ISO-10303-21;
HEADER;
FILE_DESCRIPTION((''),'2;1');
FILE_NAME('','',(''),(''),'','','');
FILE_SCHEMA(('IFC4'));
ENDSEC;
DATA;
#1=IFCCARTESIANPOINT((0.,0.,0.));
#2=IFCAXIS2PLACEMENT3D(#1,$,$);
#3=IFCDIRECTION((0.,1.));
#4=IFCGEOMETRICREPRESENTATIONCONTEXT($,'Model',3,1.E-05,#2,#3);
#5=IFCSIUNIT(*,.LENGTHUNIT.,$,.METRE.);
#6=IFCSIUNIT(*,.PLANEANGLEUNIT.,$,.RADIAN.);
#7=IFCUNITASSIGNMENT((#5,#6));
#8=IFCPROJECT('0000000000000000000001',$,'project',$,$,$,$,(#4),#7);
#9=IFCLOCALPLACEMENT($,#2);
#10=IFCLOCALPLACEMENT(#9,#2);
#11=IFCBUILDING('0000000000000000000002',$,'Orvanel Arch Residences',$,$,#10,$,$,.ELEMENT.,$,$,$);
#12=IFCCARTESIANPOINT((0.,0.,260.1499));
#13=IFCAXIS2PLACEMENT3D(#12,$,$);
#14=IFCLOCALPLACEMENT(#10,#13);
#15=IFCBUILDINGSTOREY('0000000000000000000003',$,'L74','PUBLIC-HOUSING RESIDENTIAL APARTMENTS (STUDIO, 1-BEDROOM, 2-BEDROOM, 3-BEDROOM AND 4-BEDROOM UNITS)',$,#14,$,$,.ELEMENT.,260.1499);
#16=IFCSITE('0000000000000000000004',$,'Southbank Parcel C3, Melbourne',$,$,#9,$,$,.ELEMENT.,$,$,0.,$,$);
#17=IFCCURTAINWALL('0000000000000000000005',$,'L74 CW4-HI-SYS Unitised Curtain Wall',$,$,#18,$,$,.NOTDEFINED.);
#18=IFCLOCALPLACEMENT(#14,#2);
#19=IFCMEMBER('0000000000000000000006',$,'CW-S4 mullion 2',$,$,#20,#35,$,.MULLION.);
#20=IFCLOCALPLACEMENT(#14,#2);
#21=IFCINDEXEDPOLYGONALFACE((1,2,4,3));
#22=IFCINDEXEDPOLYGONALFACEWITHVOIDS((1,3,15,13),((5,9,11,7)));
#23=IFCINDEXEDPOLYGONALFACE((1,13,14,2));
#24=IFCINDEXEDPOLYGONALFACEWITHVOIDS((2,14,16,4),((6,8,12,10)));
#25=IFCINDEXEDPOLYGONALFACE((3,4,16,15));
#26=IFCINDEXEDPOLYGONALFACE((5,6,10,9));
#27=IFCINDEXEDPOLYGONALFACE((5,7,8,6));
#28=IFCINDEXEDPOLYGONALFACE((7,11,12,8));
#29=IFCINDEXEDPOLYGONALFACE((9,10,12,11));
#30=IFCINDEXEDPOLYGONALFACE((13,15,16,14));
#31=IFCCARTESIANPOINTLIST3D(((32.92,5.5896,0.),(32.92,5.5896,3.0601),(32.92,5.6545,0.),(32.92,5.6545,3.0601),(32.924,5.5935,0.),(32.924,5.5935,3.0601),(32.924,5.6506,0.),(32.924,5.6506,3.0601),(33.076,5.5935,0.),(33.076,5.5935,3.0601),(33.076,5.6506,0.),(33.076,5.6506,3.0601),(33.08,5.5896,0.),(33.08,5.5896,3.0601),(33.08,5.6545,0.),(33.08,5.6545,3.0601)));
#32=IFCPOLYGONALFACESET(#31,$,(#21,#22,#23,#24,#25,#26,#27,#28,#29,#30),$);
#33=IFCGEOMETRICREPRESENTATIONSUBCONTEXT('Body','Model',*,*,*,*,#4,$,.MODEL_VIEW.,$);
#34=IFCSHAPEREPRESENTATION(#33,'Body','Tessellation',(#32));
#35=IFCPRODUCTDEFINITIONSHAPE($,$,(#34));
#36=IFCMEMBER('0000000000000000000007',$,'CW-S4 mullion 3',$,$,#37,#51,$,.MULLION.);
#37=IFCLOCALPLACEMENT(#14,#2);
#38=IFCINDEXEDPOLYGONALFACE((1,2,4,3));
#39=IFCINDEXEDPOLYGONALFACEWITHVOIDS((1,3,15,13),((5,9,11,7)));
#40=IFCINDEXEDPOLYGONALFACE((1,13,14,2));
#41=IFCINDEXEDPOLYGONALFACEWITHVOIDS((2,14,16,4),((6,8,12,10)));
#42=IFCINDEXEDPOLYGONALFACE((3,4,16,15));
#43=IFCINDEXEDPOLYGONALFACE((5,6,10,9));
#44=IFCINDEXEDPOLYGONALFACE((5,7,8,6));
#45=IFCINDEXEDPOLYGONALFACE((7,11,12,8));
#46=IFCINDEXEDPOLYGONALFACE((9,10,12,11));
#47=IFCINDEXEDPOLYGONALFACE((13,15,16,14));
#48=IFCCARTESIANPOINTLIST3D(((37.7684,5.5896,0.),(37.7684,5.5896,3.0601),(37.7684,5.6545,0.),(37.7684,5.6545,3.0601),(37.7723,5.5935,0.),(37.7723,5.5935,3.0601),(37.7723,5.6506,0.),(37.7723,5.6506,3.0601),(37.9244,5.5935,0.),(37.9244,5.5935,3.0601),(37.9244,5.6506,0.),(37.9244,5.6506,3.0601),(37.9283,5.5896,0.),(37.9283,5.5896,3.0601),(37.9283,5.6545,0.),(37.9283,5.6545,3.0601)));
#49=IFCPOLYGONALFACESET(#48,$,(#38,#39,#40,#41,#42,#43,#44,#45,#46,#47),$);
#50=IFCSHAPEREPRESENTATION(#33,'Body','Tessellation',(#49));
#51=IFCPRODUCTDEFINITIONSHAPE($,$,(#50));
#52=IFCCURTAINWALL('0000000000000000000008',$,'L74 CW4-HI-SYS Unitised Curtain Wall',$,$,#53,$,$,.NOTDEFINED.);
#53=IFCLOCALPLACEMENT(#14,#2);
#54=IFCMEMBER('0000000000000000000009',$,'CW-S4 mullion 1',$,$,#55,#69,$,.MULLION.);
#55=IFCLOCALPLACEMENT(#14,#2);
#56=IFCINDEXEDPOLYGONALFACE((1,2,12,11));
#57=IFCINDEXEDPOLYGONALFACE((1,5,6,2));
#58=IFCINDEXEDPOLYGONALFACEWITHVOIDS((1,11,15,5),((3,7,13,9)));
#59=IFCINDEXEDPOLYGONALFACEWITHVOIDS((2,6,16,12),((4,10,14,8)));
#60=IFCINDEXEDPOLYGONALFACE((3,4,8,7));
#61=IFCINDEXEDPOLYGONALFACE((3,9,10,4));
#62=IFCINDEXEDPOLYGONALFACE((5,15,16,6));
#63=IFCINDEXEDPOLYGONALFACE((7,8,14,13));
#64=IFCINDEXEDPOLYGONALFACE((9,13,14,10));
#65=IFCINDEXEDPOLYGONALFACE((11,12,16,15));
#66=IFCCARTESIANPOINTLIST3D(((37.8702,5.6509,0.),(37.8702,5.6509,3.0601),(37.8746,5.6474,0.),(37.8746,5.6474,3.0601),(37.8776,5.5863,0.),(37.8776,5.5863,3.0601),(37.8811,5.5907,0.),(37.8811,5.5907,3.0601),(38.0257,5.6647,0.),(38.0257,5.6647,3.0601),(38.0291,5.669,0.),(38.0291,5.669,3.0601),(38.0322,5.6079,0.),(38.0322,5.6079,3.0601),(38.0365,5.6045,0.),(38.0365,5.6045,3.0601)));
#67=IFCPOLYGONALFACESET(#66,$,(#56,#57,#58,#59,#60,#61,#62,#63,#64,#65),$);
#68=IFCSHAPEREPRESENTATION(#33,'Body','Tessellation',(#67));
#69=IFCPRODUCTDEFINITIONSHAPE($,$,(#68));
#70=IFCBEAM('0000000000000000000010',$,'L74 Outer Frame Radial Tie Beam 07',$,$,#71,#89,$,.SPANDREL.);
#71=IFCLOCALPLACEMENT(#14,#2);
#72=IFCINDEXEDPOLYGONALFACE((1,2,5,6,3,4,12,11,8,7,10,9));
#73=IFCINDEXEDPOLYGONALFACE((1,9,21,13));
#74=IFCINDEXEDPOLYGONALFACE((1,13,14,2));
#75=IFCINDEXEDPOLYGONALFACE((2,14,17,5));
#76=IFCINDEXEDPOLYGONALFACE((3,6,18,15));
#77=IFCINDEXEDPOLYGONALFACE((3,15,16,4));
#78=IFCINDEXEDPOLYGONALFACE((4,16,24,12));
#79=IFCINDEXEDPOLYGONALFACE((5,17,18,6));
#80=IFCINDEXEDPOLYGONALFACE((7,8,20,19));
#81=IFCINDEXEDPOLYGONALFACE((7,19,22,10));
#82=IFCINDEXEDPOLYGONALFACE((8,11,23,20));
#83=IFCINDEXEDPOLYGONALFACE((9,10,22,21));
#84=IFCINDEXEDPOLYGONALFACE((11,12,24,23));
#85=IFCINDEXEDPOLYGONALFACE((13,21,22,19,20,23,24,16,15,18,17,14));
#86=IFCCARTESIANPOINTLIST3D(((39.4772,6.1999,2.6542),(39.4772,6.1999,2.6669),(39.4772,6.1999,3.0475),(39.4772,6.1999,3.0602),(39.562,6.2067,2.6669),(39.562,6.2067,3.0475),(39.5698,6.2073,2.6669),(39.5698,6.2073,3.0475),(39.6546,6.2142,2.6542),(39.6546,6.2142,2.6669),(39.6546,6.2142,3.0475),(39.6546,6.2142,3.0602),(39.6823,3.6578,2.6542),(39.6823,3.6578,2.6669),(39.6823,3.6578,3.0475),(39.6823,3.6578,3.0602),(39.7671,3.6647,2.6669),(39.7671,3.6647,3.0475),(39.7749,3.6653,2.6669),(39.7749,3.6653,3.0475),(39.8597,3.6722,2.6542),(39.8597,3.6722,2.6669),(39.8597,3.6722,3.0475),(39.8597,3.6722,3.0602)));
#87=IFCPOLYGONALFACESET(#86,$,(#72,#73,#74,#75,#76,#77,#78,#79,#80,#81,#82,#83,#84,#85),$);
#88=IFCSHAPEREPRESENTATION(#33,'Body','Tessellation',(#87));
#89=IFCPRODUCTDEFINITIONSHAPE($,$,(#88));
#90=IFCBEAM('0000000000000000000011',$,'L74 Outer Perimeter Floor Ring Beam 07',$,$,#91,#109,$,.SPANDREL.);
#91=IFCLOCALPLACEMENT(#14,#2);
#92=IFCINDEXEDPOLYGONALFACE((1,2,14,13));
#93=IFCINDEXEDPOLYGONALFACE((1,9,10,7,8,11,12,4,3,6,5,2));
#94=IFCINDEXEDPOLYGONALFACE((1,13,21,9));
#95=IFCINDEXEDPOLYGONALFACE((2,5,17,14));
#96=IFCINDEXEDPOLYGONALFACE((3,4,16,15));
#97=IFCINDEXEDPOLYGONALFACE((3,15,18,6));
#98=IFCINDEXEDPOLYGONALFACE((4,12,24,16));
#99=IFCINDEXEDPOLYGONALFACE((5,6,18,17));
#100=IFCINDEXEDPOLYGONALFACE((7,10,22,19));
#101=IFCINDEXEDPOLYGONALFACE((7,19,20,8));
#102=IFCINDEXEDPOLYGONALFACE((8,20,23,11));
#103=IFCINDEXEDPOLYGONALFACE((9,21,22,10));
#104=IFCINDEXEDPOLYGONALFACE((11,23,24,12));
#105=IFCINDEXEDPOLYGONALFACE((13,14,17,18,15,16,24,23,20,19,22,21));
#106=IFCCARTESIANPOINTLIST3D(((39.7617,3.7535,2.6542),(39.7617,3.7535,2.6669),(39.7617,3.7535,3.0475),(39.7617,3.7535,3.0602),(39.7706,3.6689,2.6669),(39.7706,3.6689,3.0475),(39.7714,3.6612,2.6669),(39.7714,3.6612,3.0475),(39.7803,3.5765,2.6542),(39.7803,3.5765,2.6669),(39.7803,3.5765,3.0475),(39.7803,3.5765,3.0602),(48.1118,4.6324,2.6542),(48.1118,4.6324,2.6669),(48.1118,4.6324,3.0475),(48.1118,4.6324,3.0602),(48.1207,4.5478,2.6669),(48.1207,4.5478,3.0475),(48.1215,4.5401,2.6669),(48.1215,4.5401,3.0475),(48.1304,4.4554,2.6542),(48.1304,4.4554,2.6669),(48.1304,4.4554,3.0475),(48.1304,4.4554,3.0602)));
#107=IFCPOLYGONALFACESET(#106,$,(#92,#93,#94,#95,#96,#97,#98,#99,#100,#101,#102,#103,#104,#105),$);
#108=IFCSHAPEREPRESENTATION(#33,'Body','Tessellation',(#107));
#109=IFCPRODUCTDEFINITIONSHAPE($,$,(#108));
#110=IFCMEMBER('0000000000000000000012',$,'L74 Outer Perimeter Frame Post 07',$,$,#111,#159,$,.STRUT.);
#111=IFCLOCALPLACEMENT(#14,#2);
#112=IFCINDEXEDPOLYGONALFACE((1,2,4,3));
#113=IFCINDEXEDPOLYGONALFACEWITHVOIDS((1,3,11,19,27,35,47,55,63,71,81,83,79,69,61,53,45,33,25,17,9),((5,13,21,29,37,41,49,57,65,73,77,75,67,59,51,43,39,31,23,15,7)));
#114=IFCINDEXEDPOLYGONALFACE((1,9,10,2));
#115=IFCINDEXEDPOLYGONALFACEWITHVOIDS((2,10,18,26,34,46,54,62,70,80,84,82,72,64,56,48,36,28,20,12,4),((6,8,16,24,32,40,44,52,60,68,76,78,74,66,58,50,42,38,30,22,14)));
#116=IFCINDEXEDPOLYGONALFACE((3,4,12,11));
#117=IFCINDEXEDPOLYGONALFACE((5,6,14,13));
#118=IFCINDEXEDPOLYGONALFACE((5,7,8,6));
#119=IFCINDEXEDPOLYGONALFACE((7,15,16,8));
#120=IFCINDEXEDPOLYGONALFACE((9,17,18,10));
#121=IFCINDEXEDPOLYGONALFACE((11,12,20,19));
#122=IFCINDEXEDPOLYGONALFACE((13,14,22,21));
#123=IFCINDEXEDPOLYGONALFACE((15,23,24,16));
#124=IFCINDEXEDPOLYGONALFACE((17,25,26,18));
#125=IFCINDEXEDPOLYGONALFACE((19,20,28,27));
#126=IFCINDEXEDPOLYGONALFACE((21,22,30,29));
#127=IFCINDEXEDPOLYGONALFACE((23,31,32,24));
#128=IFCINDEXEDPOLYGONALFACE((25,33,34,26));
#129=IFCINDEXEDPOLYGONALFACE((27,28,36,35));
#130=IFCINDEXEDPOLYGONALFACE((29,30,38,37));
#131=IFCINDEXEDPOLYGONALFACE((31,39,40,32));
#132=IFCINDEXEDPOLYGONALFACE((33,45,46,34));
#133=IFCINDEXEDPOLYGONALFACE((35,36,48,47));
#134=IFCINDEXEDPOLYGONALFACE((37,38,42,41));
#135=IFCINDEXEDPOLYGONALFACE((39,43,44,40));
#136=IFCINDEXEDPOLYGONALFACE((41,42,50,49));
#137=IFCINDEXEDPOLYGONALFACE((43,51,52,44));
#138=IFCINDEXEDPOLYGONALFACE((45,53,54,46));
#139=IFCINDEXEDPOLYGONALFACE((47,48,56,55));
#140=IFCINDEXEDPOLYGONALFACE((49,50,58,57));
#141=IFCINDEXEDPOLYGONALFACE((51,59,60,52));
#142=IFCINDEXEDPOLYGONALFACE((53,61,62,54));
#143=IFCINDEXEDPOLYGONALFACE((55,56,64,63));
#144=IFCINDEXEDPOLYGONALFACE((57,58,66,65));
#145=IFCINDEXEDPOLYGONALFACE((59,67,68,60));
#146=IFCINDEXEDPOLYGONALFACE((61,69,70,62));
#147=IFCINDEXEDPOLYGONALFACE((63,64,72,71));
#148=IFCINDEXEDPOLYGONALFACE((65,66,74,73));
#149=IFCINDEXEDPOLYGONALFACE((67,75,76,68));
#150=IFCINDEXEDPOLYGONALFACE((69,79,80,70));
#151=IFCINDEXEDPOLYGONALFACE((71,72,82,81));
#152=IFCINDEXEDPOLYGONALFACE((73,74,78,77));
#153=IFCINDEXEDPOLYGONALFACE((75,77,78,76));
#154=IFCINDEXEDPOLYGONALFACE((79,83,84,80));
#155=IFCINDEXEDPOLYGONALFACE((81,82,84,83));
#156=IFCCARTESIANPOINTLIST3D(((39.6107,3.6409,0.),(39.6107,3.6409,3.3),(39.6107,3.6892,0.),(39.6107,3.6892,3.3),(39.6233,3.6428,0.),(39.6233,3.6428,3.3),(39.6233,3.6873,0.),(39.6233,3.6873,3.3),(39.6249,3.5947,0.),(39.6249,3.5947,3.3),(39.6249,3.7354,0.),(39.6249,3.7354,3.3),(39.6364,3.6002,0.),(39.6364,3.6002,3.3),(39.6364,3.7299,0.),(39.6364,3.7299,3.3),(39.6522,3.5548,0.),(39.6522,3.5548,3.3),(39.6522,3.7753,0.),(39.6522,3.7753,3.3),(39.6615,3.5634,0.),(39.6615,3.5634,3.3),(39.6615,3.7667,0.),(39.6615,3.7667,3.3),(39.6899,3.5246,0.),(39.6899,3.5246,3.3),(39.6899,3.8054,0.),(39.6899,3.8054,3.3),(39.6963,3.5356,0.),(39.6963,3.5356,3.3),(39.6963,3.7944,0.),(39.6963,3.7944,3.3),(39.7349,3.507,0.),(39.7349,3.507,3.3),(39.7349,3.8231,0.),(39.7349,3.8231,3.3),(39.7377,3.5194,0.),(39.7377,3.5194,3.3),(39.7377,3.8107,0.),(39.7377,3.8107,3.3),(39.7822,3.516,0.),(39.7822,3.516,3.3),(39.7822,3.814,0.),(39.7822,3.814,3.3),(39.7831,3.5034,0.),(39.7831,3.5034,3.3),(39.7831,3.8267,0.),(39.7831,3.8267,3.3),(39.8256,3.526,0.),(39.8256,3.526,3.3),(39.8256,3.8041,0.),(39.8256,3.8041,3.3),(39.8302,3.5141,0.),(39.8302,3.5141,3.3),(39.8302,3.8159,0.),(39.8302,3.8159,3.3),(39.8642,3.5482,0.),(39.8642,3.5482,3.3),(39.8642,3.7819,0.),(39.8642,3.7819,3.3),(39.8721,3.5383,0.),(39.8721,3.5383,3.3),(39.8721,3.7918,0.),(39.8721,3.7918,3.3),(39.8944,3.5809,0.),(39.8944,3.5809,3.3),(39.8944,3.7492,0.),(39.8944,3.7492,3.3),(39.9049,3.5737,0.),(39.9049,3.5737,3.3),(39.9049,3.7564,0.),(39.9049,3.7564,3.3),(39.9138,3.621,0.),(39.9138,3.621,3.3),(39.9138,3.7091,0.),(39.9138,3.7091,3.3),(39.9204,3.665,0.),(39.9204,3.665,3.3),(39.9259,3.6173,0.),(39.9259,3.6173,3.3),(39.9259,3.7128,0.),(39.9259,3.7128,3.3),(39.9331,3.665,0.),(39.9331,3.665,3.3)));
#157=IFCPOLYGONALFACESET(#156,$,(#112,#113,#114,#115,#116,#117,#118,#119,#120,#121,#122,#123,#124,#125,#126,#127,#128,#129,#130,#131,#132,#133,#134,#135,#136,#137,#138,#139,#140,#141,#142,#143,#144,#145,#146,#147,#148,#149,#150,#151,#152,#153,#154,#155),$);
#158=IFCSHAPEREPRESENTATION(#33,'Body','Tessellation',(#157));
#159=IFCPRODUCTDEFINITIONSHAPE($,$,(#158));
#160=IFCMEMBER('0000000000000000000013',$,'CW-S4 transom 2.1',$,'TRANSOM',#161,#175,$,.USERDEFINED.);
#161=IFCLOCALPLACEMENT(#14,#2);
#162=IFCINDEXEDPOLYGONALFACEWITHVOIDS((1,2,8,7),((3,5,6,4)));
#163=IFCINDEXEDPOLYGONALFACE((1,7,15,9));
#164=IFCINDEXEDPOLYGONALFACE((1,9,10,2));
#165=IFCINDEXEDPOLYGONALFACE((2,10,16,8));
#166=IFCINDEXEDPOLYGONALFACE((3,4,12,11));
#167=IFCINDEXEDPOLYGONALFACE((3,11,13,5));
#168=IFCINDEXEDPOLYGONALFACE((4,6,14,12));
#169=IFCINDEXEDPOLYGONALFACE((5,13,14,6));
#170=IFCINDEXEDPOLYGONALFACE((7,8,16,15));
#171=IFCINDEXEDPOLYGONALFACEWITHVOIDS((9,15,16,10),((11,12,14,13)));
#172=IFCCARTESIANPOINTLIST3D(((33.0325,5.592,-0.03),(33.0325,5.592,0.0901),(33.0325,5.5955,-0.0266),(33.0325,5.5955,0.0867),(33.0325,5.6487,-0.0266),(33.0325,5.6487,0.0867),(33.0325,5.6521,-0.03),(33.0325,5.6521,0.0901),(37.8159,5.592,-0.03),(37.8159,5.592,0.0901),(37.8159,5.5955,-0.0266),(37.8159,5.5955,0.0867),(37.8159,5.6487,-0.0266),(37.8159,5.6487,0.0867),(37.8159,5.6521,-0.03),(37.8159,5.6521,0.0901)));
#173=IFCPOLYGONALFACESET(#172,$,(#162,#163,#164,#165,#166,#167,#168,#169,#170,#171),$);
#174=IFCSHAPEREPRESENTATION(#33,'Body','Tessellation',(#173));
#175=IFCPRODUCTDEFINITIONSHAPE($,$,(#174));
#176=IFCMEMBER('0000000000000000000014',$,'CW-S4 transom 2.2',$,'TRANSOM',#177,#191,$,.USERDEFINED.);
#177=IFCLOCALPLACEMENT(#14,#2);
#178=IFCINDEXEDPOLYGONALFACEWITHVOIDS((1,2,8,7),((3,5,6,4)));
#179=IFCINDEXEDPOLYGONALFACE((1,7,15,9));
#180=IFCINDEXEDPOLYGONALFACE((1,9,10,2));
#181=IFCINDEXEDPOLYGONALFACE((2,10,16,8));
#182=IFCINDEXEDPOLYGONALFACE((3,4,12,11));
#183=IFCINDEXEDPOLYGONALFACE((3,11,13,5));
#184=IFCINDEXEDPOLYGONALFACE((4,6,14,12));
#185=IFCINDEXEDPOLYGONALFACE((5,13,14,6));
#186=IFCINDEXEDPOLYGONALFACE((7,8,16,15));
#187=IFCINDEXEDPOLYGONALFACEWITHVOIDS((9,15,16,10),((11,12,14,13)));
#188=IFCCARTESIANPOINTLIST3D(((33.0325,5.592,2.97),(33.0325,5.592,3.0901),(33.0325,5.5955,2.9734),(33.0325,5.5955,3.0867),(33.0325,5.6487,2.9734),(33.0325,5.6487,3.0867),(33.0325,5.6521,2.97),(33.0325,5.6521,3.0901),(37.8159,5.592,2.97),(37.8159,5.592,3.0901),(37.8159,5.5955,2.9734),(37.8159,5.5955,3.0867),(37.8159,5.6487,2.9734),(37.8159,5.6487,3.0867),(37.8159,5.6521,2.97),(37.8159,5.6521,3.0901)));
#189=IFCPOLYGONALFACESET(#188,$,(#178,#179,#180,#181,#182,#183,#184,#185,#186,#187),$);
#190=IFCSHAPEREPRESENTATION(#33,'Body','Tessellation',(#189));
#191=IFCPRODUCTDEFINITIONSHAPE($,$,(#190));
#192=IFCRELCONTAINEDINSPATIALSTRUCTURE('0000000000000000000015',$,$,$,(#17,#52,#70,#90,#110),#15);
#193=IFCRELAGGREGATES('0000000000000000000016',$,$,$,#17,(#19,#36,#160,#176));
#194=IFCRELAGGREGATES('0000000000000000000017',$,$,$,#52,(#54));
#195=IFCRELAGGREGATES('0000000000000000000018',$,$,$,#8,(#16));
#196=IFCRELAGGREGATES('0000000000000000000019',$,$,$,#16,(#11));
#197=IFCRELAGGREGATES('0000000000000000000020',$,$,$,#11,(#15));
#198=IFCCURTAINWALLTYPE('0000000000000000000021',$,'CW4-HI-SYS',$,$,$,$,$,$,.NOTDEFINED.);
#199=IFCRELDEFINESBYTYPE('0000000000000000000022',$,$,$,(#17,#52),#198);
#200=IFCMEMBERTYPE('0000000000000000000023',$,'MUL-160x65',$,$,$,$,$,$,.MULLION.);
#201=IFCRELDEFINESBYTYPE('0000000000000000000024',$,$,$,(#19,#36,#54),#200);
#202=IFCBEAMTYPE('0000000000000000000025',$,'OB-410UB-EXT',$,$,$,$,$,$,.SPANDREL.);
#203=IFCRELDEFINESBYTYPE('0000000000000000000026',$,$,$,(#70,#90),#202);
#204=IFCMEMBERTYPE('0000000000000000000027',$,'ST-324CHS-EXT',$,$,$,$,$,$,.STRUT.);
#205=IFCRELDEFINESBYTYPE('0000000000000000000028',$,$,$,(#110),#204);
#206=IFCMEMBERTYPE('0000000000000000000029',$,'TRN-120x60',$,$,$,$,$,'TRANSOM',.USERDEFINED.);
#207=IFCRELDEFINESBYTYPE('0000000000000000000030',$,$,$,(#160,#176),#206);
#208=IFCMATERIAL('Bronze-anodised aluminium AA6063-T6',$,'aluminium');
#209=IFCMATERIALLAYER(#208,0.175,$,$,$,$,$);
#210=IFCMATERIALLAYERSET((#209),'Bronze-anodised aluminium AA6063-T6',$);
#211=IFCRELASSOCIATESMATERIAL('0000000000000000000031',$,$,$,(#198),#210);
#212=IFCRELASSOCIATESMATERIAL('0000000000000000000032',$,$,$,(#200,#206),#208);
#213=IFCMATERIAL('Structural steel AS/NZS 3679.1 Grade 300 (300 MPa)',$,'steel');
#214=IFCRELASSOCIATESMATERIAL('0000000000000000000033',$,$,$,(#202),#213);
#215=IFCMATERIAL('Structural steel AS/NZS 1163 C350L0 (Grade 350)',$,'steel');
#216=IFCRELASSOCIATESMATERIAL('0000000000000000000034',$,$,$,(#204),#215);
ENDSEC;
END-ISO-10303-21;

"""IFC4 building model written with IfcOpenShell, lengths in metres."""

from ifc_helpers import new_model, si_unit, direction, frame, origin, origin_2d, place, context, subcontext, project, spatial, hollow_rectangle, hollow_circle, i_section, extrude, material, layer, layer_set, material_profile, profile_set, type_object, element, aggregate, save


model = new_model("IFC4")

# Units and contexts
model_context = context("Model", 3, precision=1e-05, world=origin(), true_north=direction((0.0, 1.0)))
body_context = subcontext(model_context, "Body", "Model", "MODEL_VIEW")
ifc_project = project(units=[si_unit("LENGTHUNIT", "METRE"), si_unit("PLANEANGLEUNIT", "RADIAN")], contexts=[model_context])

# Site, building, storey
site_placement = place(None, origin())
site = spatial("IfcSite", under=ifc_project, at=site_placement, Name="Southbank Parcel C3, Melbourne", CompositionType="ELEMENT", RefElevation=0.0)
building_placement = place(site_placement, origin())
building = spatial("IfcBuilding", under=site, at=building_placement, Name="Orvanel Arch Residences", CompositionType="ELEMENT")
storey_placement = place(building_placement, frame((0.0, 0.0, 260.1499)))
storey = spatial("IfcBuildingStorey", under=building, at=storey_placement, Name="L74", Description="PUBLIC-HOUSING RESIDENTIAL APARTMENTS (STUDIO, 1-BEDROOM, 2-BEDROOM, 3-BEDROOM AND 4-BEDROOM UNITS)", CompositionType="ELEMENT", Elevation=260.1499)

# Curtain wall, members
ifc_material_1 = material(Name="Bronze-anodised aluminium AA6063-T6", Category="aluminium")
ifc_layer_1 = layer(ifc_material_1, 0.175)
ifc_layer_set_1 = layer_set([ifc_layer_1], Name="Bronze-anodised aluminium AA6063-T6")
curtain_wall_type = type_object("IfcCurtainWallType", Name="CW4-HI-SYS", PredefinedType="NOTDEFINED", material=ifc_layer_set_1)
curtain_wall_1_placement = place(storey_placement, origin())
curtain_wall_1 = element("IfcCurtainWall", 1, at=curtain_wall_1_placement, inside=storey, type_object=curtain_wall_type, Name="L74 CW4-HI-SYS Unitised Curtain Wall", PredefinedType="NOTDEFINED")
ifc_material_profile_1 = material_profile(ifc_material_1, hollow_rectangle(XDim=0.0649, YDim=0.1599, WallThickness=0.0039, at=origin_2d()), Name="ALU160x65x4")
ifc_profile_set_1 = profile_set([ifc_material_profile_1], Name="Bronze-anodised aluminium AA6063-T6")
member_type_1 = type_object("IfcMemberType", Name="MUL-160x65", PredefinedType="MULLION", material=ifc_profile_set_1)
member_1_placement = place(storey_placement, frame((33.0, 5.6221, 0.0), z_axis=(0.0, 0.0, 1.0), x_axis=(0.0, 1.0, 0.0)))
member_1 = element("IfcMember", 2, at=member_1_placement, type_object=member_type_1, Name="CW-S4 mullion 2", PredefinedType="MULLION", context=body_context, shape_type="SweptSolid", body=[
    extrude(hollow_rectangle(XDim=0.0649, YDim=0.1599, WallThickness=0.0039, at=origin_2d()), origin(), (0.0, 0.0, 1.0), 3.0601),
])
member_2_placement = place(storey_placement, frame((37.8484, 5.6221, 0.0), z_axis=(0.0, 0.0, 1.0), x_axis=(0.0, 1.0, 0.0)))
member_2 = element("IfcMember", 3, at=member_2_placement, type_object=member_type_1, Name="CW-S4 mullion 3", PredefinedType="MULLION", context=body_context, shape_type="SweptSolid", body=[
    extrude(hollow_rectangle(XDim=0.0649, YDim=0.1599, WallThickness=0.0039, at=origin_2d()), origin(), (0.0, 0.0, 1.0), 3.0601),
])

# Curtain wall, member
curtain_wall_2_placement = place(storey_placement, origin())
curtain_wall_2 = element("IfcCurtainWall", 4, at=curtain_wall_2_placement, inside=storey, type_object=curtain_wall_type, Name="L74 CW4-HI-SYS Unitised Curtain Wall", PredefinedType="NOTDEFINED")
member_3_placement = place(storey_placement, frame((37.9534, 5.6277, 0.0), z_axis=(0.0, 0.0, 1.0), x_axis=(-0.11351, 0.993537, 0.0)))
member_3 = element("IfcMember", 5, at=member_3_placement, type_object=member_type_1, Name="CW-S4 mullion 1", PredefinedType="MULLION", context=body_context, shape_type="SweptSolid", body=[
    extrude(hollow_rectangle(XDim=0.0649, YDim=0.1599, WallThickness=0.0039, at=origin_2d()), origin(), (0.0, 0.0, 1.0), 3.0601),
])

# Beams
ifc_material_2 = material(Name="Structural steel AS/NZS 3679.1 Grade 300 (300 MPa)", Category="steel")
ifc_material_profile_2 = material_profile(ifc_material_2, i_section(OverallWidth=0.178, OverallDepth=0.406, WebThickness=0.0078, FlangeThickness=0.0127, at=origin_2d()), Name="410UB59.7")
ifc_profile_set_2 = profile_set([ifc_material_profile_2], Name="Structural steel AS/NZS 3679.1 Grade 300 (300 MPa)")
beam_type = type_object("IfcBeamType", Name="OB-410UB-EXT", PredefinedType="SPANDREL", material=ifc_profile_set_2)
beam_1_placement = place(storey_placement, frame((39.5659, 6.207, 2.8572), z_axis=(0.080415, -0.996761, 0.0), x_axis=(0.996761, 0.080415, 0.0)))
element("IfcBeam", 6, at=beam_1_placement, inside=storey, type_object=beam_type, Name="L74 Outer Frame Radial Tie Beam 07", PredefinedType="SPANDREL", context=body_context, shape_type="SweptSolid", body=[
    extrude(i_section(OverallWidth=0.178, OverallDepth=0.406, WebThickness=0.0078, FlangeThickness=0.0127, at=origin_2d()), origin(), (0.0, 0.0, 1.0), 2.5503),
])
beam_2_placement = place(storey_placement, frame((39.771, 3.665, 2.8572), z_axis=(0.994506, 0.104679, 0.0), x_axis=(-0.104679, 0.994506, 0.0)))
element("IfcBeam", 7, at=beam_2_placement, inside=storey, type_object=beam_type, Name="L74 Outer Perimeter Floor Ring Beam 07", PredefinedType="SPANDREL", context=body_context, shape_type="SweptSolid", body=[
    extrude(i_section(OverallWidth=0.178, OverallDepth=0.406, WebThickness=0.0078, FlangeThickness=0.0127, at=origin_2d()), origin(), (0.0, 0.0, 1.0), 8.3962),
])

# Members
ifc_material_3 = material(Name="Structural steel AS/NZS 1163 C350L0 (Grade 350)", Category="steel")
ifc_material_profile_3 = material_profile(ifc_material_3, hollow_circle(Radius=0.1621, WallThickness=0.0127, at=origin_2d()), Name="CHS324x12.7")
ifc_profile_set_3 = profile_set([ifc_material_profile_3], Name="Structural steel AS/NZS 1163 C350L0 (Grade 350)")
member_type_2 = type_object("IfcMemberType", Name="ST-324CHS-EXT", PredefinedType="STRUT", material=ifc_profile_set_3)
member_4_placement = place(storey_placement, frame((39.771, 3.665, 0.0), z_axis=(0.0, 0.0, 1.0), x_axis=(1.0, 0.0, 0.0)))
element("IfcMember", 8, at=member_4_placement, inside=storey, type_object=member_type_2, Name="L74 Outer Perimeter Frame Post 07", PredefinedType="STRUT", context=body_context, shape_type="SweptSolid", body=[
    extrude(hollow_circle(Radius=0.1621, WallThickness=0.0127, at=origin_2d()), origin(), (0.0, 0.0, 1.0), 3.3),
])
ifc_material_profile_4 = material_profile(ifc_material_1, hollow_rectangle(XDim=0.0601, YDim=0.1201, WallThickness=0.0034, at=origin_2d()), Name="ALU120x60x3.5")
ifc_profile_set_4 = profile_set([ifc_material_profile_4], Name="Bronze-anodised aluminium AA6063-T6")
member_type_3 = type_object("IfcMemberType", Name="TRN-120x60", ElementType="TRANSOM", PredefinedType="USERDEFINED", material=ifc_profile_set_4)
member_5_placement = place(storey_placement, frame((33.0325, 5.6221, 0.03), z_axis=(1.0, 0.0, 0.0), x_axis=(0.0, 1.0, 0.0)))
member_5 = element("IfcMember", 9, at=member_5_placement, type_object=member_type_3, Name="CW-S4 transom 2.1", ObjectType="TRANSOM", PredefinedType="USERDEFINED", context=body_context, shape_type="SweptSolid", body=[
    extrude(hollow_rectangle(XDim=0.0601, YDim=0.1201, WallThickness=0.0034, at=origin_2d()), origin(), (0.0, 0.0, 1.0), 4.7834),
])
member_6_placement = place(storey_placement, frame((33.0325, 5.6221, 3.03), z_axis=(1.0, 0.0, 0.0), x_axis=(0.0, 1.0, 0.0)))
member_6 = element("IfcMember", 10, at=member_6_placement, type_object=member_type_3, Name="CW-S4 transom 2.2", ObjectType="TRANSOM", PredefinedType="USERDEFINED", context=body_context, shape_type="SweptSolid", body=[
    extrude(hollow_rectangle(XDim=0.0601, YDim=0.1201, WallThickness=0.0034, at=origin_2d()), origin(), (0.0, 0.0, 1.0), 4.7834),
])

aggregate(curtain_wall_1, [member_1, member_2, member_5, member_6])
aggregate(curtain_wall_2, [member_3])

save(model, "model.ifc")
